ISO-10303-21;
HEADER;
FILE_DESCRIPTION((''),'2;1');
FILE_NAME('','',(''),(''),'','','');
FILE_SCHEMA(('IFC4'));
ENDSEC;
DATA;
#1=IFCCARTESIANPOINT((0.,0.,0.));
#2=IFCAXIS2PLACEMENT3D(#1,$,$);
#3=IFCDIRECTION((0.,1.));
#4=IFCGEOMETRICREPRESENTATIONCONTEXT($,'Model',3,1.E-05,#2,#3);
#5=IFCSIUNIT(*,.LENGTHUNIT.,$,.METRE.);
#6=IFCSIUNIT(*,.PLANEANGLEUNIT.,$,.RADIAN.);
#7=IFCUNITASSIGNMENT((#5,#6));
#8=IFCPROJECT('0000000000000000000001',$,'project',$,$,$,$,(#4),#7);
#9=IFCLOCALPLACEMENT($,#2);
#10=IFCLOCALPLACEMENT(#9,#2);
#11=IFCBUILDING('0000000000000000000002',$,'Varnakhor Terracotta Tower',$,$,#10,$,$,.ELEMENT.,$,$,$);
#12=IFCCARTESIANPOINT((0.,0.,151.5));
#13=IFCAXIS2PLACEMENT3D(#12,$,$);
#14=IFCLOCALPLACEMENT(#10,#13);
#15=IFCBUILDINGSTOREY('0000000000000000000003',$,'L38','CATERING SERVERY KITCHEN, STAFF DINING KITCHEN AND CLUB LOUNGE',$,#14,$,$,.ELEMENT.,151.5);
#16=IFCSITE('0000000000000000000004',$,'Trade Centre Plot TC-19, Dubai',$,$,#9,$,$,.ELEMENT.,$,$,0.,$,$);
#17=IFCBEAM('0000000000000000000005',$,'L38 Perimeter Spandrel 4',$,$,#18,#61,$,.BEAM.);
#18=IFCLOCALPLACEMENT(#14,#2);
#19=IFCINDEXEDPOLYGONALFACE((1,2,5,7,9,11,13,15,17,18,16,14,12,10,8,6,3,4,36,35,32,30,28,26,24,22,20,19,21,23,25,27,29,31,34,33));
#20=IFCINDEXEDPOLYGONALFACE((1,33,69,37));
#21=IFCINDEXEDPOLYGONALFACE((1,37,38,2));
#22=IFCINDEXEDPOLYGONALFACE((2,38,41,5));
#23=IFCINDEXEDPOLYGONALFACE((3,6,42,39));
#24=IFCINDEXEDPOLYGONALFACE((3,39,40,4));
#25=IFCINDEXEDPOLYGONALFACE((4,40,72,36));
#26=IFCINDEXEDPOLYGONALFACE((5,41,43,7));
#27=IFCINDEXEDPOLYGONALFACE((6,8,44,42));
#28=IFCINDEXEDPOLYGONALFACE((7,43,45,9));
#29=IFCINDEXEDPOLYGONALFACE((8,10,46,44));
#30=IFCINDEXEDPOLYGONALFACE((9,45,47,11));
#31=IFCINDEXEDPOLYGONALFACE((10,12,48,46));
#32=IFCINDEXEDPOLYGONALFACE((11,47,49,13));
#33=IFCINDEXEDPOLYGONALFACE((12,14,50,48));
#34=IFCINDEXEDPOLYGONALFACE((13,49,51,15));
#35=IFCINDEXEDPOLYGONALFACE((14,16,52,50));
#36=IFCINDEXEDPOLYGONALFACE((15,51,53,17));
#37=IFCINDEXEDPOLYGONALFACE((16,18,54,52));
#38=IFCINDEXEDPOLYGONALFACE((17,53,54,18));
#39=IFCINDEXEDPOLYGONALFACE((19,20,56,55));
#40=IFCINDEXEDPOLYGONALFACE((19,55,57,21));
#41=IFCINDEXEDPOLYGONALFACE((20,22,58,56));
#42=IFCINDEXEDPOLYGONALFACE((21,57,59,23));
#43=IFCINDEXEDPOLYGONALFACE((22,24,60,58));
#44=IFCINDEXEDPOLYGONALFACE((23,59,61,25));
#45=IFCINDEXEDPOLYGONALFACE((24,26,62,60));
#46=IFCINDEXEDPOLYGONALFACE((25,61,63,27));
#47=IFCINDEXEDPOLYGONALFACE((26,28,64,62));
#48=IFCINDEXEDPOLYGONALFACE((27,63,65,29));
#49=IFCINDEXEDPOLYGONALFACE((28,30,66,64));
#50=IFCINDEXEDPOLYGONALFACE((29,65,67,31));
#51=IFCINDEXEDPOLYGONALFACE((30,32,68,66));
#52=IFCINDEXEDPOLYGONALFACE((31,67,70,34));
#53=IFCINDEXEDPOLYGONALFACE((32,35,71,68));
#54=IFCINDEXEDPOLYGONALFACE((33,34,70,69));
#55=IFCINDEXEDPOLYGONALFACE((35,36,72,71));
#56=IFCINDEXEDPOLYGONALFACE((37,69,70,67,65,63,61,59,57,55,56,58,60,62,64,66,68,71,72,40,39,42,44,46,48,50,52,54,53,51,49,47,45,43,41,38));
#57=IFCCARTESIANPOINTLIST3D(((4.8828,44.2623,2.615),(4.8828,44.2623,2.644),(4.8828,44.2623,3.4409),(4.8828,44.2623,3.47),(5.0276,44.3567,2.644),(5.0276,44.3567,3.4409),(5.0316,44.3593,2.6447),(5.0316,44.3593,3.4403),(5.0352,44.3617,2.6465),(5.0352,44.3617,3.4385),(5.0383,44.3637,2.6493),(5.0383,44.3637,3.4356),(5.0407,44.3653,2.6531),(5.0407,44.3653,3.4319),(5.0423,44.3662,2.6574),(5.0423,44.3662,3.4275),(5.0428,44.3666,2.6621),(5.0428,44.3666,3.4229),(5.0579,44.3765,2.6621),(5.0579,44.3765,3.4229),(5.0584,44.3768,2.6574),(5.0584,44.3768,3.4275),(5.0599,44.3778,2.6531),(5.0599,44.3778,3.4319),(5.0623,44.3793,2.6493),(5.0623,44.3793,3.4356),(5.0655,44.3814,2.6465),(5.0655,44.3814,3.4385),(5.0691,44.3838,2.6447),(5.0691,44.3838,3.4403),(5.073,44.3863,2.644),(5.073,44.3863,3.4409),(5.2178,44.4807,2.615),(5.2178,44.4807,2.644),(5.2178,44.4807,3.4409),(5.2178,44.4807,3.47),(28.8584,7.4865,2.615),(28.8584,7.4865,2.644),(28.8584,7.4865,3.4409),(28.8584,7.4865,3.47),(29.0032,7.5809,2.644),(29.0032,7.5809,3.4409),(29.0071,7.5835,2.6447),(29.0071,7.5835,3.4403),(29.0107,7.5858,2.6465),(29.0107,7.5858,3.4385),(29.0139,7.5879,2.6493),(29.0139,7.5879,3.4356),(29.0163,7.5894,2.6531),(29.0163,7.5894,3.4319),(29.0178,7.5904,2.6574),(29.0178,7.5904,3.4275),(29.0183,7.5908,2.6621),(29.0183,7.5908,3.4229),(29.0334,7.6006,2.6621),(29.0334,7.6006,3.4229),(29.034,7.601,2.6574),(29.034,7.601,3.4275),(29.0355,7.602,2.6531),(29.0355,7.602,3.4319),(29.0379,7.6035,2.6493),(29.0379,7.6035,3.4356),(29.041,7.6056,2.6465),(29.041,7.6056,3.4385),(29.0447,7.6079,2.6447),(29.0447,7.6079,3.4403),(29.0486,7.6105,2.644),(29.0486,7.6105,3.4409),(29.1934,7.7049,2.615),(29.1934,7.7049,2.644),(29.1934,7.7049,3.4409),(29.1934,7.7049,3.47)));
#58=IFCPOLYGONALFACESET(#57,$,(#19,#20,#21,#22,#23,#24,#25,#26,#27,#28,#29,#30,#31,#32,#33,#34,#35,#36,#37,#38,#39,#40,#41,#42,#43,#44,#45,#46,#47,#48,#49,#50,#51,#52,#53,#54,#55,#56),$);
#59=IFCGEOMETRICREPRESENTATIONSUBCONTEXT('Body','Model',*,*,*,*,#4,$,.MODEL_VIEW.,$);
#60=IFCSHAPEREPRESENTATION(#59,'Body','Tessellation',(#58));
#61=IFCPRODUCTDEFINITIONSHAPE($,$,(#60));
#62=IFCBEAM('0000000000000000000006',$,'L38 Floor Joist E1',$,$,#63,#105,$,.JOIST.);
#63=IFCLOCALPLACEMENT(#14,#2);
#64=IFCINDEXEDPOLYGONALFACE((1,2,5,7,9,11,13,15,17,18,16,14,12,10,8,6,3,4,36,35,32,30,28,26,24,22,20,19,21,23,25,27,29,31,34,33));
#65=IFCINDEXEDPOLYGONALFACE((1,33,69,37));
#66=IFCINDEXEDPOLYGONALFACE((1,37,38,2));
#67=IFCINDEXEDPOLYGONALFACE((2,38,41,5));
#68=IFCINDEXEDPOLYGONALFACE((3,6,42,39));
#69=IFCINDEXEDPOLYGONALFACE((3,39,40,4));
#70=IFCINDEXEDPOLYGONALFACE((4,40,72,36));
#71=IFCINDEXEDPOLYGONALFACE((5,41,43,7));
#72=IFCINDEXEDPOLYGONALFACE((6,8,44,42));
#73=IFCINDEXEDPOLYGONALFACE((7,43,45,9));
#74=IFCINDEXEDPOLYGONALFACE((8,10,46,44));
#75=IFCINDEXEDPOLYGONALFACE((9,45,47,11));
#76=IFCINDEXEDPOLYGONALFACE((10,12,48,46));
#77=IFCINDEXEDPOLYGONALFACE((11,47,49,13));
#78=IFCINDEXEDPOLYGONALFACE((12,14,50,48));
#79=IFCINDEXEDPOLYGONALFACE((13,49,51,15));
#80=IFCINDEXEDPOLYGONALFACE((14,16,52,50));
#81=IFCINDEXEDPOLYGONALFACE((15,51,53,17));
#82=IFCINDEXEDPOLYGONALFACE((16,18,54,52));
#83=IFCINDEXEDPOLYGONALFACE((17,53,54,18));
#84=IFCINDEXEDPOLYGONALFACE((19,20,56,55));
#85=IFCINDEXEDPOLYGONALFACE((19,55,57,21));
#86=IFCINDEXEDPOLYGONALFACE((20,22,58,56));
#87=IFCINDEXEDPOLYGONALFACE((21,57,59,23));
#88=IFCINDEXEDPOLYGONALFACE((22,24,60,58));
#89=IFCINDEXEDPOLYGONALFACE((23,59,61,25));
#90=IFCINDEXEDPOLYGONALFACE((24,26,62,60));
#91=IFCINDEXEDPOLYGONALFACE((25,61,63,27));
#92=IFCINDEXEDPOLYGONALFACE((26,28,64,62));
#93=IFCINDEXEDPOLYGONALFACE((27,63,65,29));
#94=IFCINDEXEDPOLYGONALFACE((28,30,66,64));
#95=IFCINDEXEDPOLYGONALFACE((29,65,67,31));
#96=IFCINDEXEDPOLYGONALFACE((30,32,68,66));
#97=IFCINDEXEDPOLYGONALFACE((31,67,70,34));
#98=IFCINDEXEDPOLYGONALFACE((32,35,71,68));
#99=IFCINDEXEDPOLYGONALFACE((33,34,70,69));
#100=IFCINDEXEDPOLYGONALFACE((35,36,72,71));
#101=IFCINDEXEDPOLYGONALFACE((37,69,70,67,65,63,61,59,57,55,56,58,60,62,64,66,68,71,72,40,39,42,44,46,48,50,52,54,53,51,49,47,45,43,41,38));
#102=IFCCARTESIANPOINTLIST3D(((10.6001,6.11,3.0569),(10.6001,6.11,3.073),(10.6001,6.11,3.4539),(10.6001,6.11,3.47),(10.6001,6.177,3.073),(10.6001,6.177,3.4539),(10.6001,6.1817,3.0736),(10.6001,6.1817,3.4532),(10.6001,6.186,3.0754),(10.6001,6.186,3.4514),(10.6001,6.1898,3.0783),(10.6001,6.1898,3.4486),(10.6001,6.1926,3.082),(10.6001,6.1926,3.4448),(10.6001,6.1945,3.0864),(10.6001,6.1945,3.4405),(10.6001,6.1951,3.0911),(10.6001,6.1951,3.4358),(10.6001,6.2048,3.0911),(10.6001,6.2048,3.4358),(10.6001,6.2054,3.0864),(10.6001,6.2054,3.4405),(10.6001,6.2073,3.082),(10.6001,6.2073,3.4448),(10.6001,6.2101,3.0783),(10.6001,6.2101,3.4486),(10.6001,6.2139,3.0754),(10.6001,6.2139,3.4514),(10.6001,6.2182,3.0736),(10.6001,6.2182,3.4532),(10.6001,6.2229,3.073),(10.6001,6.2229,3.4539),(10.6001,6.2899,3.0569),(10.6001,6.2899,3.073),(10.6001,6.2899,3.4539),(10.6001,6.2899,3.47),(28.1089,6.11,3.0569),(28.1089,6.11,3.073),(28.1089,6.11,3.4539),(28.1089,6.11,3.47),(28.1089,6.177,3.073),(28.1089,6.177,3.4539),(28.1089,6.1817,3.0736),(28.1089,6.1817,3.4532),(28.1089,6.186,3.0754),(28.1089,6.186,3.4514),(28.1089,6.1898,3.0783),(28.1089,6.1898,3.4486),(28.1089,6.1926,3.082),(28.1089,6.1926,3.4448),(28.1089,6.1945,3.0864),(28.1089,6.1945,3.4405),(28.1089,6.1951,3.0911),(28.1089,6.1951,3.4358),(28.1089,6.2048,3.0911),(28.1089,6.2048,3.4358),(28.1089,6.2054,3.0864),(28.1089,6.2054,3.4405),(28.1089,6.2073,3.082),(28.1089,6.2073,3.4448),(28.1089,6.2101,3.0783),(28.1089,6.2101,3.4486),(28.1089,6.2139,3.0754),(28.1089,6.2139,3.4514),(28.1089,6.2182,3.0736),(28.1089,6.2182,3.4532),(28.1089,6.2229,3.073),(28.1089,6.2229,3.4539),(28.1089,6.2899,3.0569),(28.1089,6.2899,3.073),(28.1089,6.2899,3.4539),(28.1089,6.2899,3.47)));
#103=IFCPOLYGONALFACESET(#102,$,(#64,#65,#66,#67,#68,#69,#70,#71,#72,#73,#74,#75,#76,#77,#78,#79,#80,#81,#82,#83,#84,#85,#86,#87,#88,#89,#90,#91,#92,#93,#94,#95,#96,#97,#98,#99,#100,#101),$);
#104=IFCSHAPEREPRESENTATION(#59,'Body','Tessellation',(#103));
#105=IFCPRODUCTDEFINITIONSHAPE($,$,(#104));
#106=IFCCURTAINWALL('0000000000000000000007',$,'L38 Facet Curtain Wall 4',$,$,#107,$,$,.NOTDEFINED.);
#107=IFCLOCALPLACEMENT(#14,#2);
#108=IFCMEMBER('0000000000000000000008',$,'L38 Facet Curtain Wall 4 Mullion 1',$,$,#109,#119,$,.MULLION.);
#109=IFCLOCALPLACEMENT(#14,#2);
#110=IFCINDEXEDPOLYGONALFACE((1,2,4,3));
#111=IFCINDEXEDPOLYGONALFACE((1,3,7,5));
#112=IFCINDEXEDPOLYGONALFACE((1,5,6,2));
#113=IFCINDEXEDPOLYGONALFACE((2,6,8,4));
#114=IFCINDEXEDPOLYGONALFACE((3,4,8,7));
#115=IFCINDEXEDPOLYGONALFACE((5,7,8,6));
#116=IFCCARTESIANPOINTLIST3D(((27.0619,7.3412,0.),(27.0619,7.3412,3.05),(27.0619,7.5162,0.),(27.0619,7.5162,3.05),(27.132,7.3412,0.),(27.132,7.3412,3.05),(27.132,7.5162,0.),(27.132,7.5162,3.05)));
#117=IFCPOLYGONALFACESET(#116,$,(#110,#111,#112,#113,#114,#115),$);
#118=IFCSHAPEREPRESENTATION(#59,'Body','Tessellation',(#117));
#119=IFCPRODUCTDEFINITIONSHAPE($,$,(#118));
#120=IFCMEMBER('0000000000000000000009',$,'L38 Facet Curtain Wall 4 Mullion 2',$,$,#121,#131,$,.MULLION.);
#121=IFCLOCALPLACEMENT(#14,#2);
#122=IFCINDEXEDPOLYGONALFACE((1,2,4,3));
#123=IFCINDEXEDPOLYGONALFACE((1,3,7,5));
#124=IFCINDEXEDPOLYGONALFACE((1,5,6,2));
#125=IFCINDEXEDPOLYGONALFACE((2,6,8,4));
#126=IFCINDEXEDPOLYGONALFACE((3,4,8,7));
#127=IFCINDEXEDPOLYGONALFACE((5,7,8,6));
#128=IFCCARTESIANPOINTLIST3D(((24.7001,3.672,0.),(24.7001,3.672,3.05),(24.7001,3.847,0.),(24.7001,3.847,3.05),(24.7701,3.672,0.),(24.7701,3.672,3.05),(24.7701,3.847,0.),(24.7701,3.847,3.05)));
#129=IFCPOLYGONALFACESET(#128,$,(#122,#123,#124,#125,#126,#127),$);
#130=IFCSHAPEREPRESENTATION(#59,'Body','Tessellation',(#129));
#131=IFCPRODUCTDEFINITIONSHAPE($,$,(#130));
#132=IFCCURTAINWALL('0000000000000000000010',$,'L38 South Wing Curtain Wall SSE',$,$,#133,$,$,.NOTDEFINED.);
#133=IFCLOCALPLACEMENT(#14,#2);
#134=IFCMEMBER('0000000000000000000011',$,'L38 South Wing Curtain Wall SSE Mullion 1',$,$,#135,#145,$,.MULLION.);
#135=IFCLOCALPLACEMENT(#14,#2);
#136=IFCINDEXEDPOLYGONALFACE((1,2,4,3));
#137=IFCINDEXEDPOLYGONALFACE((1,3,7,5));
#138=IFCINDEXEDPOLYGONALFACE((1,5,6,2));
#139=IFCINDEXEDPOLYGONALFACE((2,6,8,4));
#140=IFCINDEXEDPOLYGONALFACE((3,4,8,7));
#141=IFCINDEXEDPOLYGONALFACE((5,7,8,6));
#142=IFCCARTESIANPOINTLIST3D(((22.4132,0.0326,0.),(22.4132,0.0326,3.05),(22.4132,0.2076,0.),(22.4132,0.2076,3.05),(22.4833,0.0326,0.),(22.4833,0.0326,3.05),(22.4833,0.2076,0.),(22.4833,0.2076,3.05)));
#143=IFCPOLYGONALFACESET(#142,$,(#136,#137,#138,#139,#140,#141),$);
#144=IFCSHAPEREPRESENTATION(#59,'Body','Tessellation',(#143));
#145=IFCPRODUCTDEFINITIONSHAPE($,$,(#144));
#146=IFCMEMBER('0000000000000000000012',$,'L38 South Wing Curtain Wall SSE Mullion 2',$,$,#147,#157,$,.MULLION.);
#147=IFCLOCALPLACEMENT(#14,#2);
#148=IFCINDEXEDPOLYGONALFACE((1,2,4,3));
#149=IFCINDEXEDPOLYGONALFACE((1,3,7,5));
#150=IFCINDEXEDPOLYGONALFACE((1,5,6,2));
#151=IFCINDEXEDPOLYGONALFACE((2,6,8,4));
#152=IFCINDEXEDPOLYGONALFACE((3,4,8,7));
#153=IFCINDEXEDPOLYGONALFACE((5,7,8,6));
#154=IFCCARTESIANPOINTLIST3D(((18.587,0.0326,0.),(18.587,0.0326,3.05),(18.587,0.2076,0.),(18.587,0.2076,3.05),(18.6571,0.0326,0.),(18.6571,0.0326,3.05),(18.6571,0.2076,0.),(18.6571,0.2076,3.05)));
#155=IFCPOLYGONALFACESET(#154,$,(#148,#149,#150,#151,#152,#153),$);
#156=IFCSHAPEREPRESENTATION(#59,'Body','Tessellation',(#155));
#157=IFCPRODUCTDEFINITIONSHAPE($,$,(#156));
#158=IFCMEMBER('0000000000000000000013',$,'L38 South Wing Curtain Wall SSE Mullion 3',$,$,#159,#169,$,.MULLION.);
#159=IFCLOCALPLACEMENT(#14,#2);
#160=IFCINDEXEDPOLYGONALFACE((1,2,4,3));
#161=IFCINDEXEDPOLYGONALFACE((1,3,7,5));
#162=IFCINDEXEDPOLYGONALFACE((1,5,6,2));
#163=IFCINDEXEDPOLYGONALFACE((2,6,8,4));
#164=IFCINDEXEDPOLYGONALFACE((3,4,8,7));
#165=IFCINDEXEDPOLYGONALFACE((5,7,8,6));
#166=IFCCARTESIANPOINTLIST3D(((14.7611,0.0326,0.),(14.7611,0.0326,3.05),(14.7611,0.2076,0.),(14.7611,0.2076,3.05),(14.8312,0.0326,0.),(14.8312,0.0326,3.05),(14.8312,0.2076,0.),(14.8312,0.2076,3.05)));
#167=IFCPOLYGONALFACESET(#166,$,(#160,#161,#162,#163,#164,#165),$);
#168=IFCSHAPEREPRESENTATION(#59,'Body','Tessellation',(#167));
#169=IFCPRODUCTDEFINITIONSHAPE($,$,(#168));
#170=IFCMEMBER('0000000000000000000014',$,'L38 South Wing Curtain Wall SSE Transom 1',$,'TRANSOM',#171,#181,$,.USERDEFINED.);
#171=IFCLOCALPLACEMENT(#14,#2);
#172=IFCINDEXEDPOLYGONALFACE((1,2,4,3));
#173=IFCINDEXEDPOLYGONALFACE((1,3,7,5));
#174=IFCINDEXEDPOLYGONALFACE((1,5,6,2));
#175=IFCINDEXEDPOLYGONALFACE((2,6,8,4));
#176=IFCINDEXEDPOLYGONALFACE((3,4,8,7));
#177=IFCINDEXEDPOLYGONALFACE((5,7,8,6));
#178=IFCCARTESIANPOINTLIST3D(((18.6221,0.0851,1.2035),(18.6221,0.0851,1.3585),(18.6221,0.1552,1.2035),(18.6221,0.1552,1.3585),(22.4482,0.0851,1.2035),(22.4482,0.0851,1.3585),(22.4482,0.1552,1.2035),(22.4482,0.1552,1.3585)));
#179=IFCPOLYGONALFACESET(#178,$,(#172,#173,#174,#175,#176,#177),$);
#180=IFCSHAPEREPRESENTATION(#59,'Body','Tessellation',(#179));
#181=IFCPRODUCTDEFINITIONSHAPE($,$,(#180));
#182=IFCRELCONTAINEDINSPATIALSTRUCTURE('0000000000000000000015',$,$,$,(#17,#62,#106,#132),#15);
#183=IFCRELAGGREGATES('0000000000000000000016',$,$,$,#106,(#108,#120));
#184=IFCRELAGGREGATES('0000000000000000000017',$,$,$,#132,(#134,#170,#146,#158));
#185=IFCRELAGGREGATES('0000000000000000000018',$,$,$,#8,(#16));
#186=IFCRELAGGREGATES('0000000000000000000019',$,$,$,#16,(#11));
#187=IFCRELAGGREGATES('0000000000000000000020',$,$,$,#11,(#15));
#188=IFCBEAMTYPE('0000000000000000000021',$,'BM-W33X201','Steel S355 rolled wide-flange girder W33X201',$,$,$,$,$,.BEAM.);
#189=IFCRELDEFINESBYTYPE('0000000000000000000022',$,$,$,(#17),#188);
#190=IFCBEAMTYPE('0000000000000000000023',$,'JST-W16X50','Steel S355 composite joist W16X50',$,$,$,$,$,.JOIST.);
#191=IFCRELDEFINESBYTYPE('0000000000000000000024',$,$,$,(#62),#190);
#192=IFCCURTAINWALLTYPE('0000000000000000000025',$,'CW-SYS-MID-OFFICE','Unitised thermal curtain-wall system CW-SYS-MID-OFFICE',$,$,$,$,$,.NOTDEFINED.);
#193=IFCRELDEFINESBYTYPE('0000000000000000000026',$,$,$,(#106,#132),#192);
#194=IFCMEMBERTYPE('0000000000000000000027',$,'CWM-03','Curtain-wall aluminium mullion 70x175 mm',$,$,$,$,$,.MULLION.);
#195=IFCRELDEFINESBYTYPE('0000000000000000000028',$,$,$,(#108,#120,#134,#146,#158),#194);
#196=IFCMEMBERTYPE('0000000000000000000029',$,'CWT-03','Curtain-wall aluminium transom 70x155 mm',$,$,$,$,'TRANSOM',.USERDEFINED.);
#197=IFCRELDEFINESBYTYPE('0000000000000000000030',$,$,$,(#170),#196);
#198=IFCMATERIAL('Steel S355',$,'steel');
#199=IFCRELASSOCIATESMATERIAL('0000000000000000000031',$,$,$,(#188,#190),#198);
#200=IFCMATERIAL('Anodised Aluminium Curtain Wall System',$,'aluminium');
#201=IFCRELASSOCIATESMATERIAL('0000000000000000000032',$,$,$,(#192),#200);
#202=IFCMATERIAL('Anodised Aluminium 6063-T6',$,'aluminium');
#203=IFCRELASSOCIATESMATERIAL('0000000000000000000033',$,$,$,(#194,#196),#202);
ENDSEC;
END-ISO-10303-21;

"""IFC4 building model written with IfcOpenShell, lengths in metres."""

from ifc_helpers import new_model, si_unit, direction, frame, origin, origin_2d, place, context, subcontext, project, spatial, rectangle, i_section, extrude, source, transform, mapped, material, material_profile, profile_set, type_object, element, aggregate, save


model = new_model("IFC4")

# Units and contexts
model_context = context("Model", 3, precision=1e-05, world=origin(), true_north=direction((0.0, 1.0)))
body_context = subcontext(model_context, "Body", "Model", "MODEL_VIEW")
ifc_project = project(units=[si_unit("LENGTHUNIT", "METRE"), si_unit("PLANEANGLEUNIT", "RADIAN")], contexts=[model_context])

# Site, building, storey
site_placement = place(None, origin())
site = spatial("IfcSite", under=ifc_project, at=site_placement, Name="Trade Centre Plot TC-19, Dubai", CompositionType="ELEMENT", RefElevation=0.0)
building_placement = place(site_placement, origin())
building = spatial("IfcBuilding", under=site, at=building_placement, Name="Varnakhor Terracotta Tower", CompositionType="ELEMENT")
storey_placement = place(building_placement, frame((0.0, 0.0, 151.5)))
storey = spatial("IfcBuildingStorey", under=building, at=storey_placement, Name="L38", Description="CATERING SERVERY KITCHEN, STAFF DINING KITCHEN AND CLUB LOUNGE", CompositionType="ELEMENT", Elevation=151.5)

# Beams
ifc_material_1 = material(Name="Steel S355", Category="steel")
ifc_material_profile_1 = material_profile(ifc_material_1, i_section(OverallWidth=0.3999, OverallDepth=0.855, WebThickness=0.0181, FlangeThickness=0.0291, FilletRadius=0.0181, at=origin_2d()), Name="W33X201")
ifc_profile_set_1 = profile_set([ifc_material_profile_1], Name="Steel S355")
beam_type_1 = type_object("IfcBeamType", Name="BM-W33X201", Description="Steel S355 rolled wide-flange girder W33X201", PredefinedType="BEAM", material=ifc_profile_set_1)
shared_shape_1 = source(origin(), body_context, "Body", "SweptSolid", [
    extrude(i_section(OverallWidth=0.3999, OverallDepth=0.855, WebThickness=0.0181, FlangeThickness=0.0291, FilletRadius=0.0181, at=origin_2d()), origin(), (0.0, 0.0, 1.0), 43.9009),
])
beam_1_placement = place(storey_placement, frame((29.0259, 7.5957, 3.0425), z_axis=(-0.546129, 0.837701, 0.0), x_axis=(-0.837701, -0.546129, 0.0)))
element("IfcBeam", 1, at=beam_1_placement, inside=storey, type_object=beam_type_1, Name="L38 Perimeter Spandrel 4", PredefinedType="BEAM", context=body_context, shape_type="MappedRepresentation", body=[
    mapped(shared_shape_1, transform((0.0, 0.0, 0.0), scale=1.0)),
])
ifc_material_profile_2 = material_profile(ifc_material_1, i_section(OverallWidth=0.1799, OverallDepth=0.4131, WebThickness=0.0098, FlangeThickness=0.0161, FilletRadius=0.0181, at=origin_2d()), Name="W16X50")
ifc_profile_set_2 = profile_set([ifc_material_profile_2], Name="Steel S355")
beam_type_2 = type_object("IfcBeamType", Name="JST-W16X50", Description="Steel S355 composite joist W16X50", PredefinedType="JOIST", material=ifc_profile_set_2)
shared_shape_2 = source(origin(), body_context, "Body", "SweptSolid", [
    extrude(i_section(OverallWidth=0.1799, OverallDepth=0.4131, WebThickness=0.0098, FlangeThickness=0.0161, FilletRadius=0.0181, at=origin_2d()), origin(), (0.0, 0.0, 1.0), 17.5088),
])
beam_2_placement = place(storey_placement, frame((10.6001, 6.2, 3.2634), z_axis=(1.0, 0.0, 0.0), x_axis=(0.0, 1.0, 0.0)))
element("IfcBeam", 2, at=beam_2_placement, inside=storey, type_object=beam_type_2, Name="L38 Floor Joist E1", PredefinedType="JOIST", context=body_context, shape_type="MappedRepresentation", body=[
    mapped(shared_shape_2, transform((0.0, 0.0, 0.0), scale=1.0)),
])

# Curtain walls, members
ifc_material_2 = material(Name="Anodised Aluminium Curtain Wall System", Category="aluminium")
curtain_wall_type = type_object("IfcCurtainWallType", Name="CW-SYS-MID-OFFICE", Description="Unitised thermal curtain-wall system CW-SYS-MID-OFFICE", PredefinedType="NOTDEFINED", material=ifc_material_2)
curtain_wall_1_placement = place(storey_placement, origin())
curtain_wall_1 = element("IfcCurtainWall", 3, at=curtain_wall_1_placement, inside=storey, type_object=curtain_wall_type, Name="L38 Facet Curtain Wall 4", PredefinedType="NOTDEFINED")
ifc_material_3 = material(Name="Anodised Aluminium 6063-T6", Category="aluminium")
ifc_material_profile_3 = material_profile(ifc_material_3, rectangle(XDim=0.0701, YDim=0.175, at=origin_2d()), Name="ALU MULLION 70x175")
ifc_profile_set_3 = profile_set([ifc_material_profile_3], Name="Anodised Aluminium 6063-T6")
member_type_1 = type_object("IfcMemberType", Name="CWM-03", Description="Curtain-wall aluminium mullion 70x175 mm", PredefinedType="MULLION", material=ifc_profile_set_3)
shared_shape_3 = source(origin(), body_context, "Body", "SweptSolid", [
    extrude(rectangle(XDim=0.0701, YDim=0.175, at=origin_2d()), origin(), (0.0, 0.0, 1.0), 3.05),
])
member_1_placement = place(storey_placement, frame((27.0969, 7.4287, 0.0), z_axis=(0.0, 0.0, 1.0), x_axis=(1.0, 0.0, 0.0)))
member_1 = element("IfcMember", 4, at=member_1_placement, type_object=member_type_1, Name="L38 Facet Curtain Wall 4 Mullion 1", PredefinedType="MULLION", context=body_context, shape_type="MappedRepresentation", body=[
    mapped(shared_shape_3, transform((0.0, 0.0, 0.0), scale=1.0)),
])
member_2_placement = place(storey_placement, frame((24.7351, 3.7595, 0.0), z_axis=(0.0, 0.0, 1.0), x_axis=(1.0, 0.0, 0.0)))
member_2 = element("IfcMember", 5, at=member_2_placement, type_object=member_type_1, Name="L38 Facet Curtain Wall 4 Mullion 2", PredefinedType="MULLION", context=body_context, shape_type="MappedRepresentation", body=[
    mapped(shared_shape_3, transform((0.0, 0.0, 0.0), scale=1.0)),
])
curtain_wall_2_placement = place(storey_placement, origin())
curtain_wall_2 = element("IfcCurtainWall", 6, at=curtain_wall_2_placement, inside=storey, type_object=curtain_wall_type, Name="L38 South Wing Curtain Wall SSE", PredefinedType="NOTDEFINED")
member_3_placement = place(storey_placement, frame((22.4482, 0.1201, 0.0), z_axis=(0.0, 0.0, 1.0), x_axis=(1.0, 0.0, 0.0)))
member_3 = element("IfcMember", 7, at=member_3_placement, type_object=member_type_1, Name="L38 South Wing Curtain Wall SSE Mullion 1", PredefinedType="MULLION", context=body_context, shape_type="MappedRepresentation", body=[
    mapped(shared_shape_3, transform((0.0, 0.0, 0.0), scale=1.0)),
])
member_4_placement = place(storey_placement, frame((18.6221, 0.1201, 0.0), z_axis=(0.0, 0.0, 1.0), x_axis=(1.0, 0.0, 0.0)))
member_4 = element("IfcMember", 8, at=member_4_placement, type_object=member_type_1, Name="L38 South Wing Curtain Wall SSE Mullion 2", PredefinedType="MULLION", context=body_context, shape_type="MappedRepresentation", body=[
    mapped(shared_shape_3, transform((0.0, 0.0, 0.0), scale=1.0)),
])
member_5_placement = place(storey_placement, frame((14.7961, 0.1201, 0.0), z_axis=(0.0, 0.0, 1.0), x_axis=(1.0, 0.0, 0.0)))
member_5 = element("IfcMember", 9, at=member_5_placement, type_object=member_type_1, Name="L38 South Wing Curtain Wall SSE Mullion 3", PredefinedType="MULLION", context=body_context, shape_type="MappedRepresentation", body=[
    mapped(shared_shape_3, transform((0.0, 0.0, 0.0), scale=1.0)),
])
ifc_material_profile_4 = material_profile(ifc_material_3, rectangle(XDim=0.0701, YDim=0.155, at=origin_2d()), Name="ALU TRANSOM 70x155")
ifc_profile_set_4 = profile_set([ifc_material_profile_4], Name="Anodised Aluminium 6063-T6")
member_type_2 = type_object("IfcMemberType", Name="CWT-03", Description="Curtain-wall aluminium transom 70x155 mm", ElementType="TRANSOM", PredefinedType="USERDEFINED", material=ifc_profile_set_4)
shared_shape_4 = source(origin(), body_context, "Body", "SweptSolid", [
    extrude(rectangle(XDim=0.0701, YDim=0.155, at=origin_2d()), origin(), (0.0, 0.0, 1.0), 3.8262),
])
member_6_placement = place(storey_placement, frame((22.4482, 0.1201, 1.281), z_axis=(-1.0, 0.0, 0.0), x_axis=(0.0, -1.0, 0.0)))
member_6 = element("IfcMember", 10, at=member_6_placement, type_object=member_type_2, Name="L38 South Wing Curtain Wall SSE Transom 1", ObjectType="TRANSOM", PredefinedType="USERDEFINED", context=body_context, shape_type="MappedRepresentation", body=[
    mapped(shared_shape_4, transform((0.0, 0.0, 0.0), scale=1.0)),
])

aggregate(curtain_wall_1, [member_1, member_2])
aggregate(curtain_wall_2, [member_3, member_6, member_4, member_5])

save(model, "model.ifc")
